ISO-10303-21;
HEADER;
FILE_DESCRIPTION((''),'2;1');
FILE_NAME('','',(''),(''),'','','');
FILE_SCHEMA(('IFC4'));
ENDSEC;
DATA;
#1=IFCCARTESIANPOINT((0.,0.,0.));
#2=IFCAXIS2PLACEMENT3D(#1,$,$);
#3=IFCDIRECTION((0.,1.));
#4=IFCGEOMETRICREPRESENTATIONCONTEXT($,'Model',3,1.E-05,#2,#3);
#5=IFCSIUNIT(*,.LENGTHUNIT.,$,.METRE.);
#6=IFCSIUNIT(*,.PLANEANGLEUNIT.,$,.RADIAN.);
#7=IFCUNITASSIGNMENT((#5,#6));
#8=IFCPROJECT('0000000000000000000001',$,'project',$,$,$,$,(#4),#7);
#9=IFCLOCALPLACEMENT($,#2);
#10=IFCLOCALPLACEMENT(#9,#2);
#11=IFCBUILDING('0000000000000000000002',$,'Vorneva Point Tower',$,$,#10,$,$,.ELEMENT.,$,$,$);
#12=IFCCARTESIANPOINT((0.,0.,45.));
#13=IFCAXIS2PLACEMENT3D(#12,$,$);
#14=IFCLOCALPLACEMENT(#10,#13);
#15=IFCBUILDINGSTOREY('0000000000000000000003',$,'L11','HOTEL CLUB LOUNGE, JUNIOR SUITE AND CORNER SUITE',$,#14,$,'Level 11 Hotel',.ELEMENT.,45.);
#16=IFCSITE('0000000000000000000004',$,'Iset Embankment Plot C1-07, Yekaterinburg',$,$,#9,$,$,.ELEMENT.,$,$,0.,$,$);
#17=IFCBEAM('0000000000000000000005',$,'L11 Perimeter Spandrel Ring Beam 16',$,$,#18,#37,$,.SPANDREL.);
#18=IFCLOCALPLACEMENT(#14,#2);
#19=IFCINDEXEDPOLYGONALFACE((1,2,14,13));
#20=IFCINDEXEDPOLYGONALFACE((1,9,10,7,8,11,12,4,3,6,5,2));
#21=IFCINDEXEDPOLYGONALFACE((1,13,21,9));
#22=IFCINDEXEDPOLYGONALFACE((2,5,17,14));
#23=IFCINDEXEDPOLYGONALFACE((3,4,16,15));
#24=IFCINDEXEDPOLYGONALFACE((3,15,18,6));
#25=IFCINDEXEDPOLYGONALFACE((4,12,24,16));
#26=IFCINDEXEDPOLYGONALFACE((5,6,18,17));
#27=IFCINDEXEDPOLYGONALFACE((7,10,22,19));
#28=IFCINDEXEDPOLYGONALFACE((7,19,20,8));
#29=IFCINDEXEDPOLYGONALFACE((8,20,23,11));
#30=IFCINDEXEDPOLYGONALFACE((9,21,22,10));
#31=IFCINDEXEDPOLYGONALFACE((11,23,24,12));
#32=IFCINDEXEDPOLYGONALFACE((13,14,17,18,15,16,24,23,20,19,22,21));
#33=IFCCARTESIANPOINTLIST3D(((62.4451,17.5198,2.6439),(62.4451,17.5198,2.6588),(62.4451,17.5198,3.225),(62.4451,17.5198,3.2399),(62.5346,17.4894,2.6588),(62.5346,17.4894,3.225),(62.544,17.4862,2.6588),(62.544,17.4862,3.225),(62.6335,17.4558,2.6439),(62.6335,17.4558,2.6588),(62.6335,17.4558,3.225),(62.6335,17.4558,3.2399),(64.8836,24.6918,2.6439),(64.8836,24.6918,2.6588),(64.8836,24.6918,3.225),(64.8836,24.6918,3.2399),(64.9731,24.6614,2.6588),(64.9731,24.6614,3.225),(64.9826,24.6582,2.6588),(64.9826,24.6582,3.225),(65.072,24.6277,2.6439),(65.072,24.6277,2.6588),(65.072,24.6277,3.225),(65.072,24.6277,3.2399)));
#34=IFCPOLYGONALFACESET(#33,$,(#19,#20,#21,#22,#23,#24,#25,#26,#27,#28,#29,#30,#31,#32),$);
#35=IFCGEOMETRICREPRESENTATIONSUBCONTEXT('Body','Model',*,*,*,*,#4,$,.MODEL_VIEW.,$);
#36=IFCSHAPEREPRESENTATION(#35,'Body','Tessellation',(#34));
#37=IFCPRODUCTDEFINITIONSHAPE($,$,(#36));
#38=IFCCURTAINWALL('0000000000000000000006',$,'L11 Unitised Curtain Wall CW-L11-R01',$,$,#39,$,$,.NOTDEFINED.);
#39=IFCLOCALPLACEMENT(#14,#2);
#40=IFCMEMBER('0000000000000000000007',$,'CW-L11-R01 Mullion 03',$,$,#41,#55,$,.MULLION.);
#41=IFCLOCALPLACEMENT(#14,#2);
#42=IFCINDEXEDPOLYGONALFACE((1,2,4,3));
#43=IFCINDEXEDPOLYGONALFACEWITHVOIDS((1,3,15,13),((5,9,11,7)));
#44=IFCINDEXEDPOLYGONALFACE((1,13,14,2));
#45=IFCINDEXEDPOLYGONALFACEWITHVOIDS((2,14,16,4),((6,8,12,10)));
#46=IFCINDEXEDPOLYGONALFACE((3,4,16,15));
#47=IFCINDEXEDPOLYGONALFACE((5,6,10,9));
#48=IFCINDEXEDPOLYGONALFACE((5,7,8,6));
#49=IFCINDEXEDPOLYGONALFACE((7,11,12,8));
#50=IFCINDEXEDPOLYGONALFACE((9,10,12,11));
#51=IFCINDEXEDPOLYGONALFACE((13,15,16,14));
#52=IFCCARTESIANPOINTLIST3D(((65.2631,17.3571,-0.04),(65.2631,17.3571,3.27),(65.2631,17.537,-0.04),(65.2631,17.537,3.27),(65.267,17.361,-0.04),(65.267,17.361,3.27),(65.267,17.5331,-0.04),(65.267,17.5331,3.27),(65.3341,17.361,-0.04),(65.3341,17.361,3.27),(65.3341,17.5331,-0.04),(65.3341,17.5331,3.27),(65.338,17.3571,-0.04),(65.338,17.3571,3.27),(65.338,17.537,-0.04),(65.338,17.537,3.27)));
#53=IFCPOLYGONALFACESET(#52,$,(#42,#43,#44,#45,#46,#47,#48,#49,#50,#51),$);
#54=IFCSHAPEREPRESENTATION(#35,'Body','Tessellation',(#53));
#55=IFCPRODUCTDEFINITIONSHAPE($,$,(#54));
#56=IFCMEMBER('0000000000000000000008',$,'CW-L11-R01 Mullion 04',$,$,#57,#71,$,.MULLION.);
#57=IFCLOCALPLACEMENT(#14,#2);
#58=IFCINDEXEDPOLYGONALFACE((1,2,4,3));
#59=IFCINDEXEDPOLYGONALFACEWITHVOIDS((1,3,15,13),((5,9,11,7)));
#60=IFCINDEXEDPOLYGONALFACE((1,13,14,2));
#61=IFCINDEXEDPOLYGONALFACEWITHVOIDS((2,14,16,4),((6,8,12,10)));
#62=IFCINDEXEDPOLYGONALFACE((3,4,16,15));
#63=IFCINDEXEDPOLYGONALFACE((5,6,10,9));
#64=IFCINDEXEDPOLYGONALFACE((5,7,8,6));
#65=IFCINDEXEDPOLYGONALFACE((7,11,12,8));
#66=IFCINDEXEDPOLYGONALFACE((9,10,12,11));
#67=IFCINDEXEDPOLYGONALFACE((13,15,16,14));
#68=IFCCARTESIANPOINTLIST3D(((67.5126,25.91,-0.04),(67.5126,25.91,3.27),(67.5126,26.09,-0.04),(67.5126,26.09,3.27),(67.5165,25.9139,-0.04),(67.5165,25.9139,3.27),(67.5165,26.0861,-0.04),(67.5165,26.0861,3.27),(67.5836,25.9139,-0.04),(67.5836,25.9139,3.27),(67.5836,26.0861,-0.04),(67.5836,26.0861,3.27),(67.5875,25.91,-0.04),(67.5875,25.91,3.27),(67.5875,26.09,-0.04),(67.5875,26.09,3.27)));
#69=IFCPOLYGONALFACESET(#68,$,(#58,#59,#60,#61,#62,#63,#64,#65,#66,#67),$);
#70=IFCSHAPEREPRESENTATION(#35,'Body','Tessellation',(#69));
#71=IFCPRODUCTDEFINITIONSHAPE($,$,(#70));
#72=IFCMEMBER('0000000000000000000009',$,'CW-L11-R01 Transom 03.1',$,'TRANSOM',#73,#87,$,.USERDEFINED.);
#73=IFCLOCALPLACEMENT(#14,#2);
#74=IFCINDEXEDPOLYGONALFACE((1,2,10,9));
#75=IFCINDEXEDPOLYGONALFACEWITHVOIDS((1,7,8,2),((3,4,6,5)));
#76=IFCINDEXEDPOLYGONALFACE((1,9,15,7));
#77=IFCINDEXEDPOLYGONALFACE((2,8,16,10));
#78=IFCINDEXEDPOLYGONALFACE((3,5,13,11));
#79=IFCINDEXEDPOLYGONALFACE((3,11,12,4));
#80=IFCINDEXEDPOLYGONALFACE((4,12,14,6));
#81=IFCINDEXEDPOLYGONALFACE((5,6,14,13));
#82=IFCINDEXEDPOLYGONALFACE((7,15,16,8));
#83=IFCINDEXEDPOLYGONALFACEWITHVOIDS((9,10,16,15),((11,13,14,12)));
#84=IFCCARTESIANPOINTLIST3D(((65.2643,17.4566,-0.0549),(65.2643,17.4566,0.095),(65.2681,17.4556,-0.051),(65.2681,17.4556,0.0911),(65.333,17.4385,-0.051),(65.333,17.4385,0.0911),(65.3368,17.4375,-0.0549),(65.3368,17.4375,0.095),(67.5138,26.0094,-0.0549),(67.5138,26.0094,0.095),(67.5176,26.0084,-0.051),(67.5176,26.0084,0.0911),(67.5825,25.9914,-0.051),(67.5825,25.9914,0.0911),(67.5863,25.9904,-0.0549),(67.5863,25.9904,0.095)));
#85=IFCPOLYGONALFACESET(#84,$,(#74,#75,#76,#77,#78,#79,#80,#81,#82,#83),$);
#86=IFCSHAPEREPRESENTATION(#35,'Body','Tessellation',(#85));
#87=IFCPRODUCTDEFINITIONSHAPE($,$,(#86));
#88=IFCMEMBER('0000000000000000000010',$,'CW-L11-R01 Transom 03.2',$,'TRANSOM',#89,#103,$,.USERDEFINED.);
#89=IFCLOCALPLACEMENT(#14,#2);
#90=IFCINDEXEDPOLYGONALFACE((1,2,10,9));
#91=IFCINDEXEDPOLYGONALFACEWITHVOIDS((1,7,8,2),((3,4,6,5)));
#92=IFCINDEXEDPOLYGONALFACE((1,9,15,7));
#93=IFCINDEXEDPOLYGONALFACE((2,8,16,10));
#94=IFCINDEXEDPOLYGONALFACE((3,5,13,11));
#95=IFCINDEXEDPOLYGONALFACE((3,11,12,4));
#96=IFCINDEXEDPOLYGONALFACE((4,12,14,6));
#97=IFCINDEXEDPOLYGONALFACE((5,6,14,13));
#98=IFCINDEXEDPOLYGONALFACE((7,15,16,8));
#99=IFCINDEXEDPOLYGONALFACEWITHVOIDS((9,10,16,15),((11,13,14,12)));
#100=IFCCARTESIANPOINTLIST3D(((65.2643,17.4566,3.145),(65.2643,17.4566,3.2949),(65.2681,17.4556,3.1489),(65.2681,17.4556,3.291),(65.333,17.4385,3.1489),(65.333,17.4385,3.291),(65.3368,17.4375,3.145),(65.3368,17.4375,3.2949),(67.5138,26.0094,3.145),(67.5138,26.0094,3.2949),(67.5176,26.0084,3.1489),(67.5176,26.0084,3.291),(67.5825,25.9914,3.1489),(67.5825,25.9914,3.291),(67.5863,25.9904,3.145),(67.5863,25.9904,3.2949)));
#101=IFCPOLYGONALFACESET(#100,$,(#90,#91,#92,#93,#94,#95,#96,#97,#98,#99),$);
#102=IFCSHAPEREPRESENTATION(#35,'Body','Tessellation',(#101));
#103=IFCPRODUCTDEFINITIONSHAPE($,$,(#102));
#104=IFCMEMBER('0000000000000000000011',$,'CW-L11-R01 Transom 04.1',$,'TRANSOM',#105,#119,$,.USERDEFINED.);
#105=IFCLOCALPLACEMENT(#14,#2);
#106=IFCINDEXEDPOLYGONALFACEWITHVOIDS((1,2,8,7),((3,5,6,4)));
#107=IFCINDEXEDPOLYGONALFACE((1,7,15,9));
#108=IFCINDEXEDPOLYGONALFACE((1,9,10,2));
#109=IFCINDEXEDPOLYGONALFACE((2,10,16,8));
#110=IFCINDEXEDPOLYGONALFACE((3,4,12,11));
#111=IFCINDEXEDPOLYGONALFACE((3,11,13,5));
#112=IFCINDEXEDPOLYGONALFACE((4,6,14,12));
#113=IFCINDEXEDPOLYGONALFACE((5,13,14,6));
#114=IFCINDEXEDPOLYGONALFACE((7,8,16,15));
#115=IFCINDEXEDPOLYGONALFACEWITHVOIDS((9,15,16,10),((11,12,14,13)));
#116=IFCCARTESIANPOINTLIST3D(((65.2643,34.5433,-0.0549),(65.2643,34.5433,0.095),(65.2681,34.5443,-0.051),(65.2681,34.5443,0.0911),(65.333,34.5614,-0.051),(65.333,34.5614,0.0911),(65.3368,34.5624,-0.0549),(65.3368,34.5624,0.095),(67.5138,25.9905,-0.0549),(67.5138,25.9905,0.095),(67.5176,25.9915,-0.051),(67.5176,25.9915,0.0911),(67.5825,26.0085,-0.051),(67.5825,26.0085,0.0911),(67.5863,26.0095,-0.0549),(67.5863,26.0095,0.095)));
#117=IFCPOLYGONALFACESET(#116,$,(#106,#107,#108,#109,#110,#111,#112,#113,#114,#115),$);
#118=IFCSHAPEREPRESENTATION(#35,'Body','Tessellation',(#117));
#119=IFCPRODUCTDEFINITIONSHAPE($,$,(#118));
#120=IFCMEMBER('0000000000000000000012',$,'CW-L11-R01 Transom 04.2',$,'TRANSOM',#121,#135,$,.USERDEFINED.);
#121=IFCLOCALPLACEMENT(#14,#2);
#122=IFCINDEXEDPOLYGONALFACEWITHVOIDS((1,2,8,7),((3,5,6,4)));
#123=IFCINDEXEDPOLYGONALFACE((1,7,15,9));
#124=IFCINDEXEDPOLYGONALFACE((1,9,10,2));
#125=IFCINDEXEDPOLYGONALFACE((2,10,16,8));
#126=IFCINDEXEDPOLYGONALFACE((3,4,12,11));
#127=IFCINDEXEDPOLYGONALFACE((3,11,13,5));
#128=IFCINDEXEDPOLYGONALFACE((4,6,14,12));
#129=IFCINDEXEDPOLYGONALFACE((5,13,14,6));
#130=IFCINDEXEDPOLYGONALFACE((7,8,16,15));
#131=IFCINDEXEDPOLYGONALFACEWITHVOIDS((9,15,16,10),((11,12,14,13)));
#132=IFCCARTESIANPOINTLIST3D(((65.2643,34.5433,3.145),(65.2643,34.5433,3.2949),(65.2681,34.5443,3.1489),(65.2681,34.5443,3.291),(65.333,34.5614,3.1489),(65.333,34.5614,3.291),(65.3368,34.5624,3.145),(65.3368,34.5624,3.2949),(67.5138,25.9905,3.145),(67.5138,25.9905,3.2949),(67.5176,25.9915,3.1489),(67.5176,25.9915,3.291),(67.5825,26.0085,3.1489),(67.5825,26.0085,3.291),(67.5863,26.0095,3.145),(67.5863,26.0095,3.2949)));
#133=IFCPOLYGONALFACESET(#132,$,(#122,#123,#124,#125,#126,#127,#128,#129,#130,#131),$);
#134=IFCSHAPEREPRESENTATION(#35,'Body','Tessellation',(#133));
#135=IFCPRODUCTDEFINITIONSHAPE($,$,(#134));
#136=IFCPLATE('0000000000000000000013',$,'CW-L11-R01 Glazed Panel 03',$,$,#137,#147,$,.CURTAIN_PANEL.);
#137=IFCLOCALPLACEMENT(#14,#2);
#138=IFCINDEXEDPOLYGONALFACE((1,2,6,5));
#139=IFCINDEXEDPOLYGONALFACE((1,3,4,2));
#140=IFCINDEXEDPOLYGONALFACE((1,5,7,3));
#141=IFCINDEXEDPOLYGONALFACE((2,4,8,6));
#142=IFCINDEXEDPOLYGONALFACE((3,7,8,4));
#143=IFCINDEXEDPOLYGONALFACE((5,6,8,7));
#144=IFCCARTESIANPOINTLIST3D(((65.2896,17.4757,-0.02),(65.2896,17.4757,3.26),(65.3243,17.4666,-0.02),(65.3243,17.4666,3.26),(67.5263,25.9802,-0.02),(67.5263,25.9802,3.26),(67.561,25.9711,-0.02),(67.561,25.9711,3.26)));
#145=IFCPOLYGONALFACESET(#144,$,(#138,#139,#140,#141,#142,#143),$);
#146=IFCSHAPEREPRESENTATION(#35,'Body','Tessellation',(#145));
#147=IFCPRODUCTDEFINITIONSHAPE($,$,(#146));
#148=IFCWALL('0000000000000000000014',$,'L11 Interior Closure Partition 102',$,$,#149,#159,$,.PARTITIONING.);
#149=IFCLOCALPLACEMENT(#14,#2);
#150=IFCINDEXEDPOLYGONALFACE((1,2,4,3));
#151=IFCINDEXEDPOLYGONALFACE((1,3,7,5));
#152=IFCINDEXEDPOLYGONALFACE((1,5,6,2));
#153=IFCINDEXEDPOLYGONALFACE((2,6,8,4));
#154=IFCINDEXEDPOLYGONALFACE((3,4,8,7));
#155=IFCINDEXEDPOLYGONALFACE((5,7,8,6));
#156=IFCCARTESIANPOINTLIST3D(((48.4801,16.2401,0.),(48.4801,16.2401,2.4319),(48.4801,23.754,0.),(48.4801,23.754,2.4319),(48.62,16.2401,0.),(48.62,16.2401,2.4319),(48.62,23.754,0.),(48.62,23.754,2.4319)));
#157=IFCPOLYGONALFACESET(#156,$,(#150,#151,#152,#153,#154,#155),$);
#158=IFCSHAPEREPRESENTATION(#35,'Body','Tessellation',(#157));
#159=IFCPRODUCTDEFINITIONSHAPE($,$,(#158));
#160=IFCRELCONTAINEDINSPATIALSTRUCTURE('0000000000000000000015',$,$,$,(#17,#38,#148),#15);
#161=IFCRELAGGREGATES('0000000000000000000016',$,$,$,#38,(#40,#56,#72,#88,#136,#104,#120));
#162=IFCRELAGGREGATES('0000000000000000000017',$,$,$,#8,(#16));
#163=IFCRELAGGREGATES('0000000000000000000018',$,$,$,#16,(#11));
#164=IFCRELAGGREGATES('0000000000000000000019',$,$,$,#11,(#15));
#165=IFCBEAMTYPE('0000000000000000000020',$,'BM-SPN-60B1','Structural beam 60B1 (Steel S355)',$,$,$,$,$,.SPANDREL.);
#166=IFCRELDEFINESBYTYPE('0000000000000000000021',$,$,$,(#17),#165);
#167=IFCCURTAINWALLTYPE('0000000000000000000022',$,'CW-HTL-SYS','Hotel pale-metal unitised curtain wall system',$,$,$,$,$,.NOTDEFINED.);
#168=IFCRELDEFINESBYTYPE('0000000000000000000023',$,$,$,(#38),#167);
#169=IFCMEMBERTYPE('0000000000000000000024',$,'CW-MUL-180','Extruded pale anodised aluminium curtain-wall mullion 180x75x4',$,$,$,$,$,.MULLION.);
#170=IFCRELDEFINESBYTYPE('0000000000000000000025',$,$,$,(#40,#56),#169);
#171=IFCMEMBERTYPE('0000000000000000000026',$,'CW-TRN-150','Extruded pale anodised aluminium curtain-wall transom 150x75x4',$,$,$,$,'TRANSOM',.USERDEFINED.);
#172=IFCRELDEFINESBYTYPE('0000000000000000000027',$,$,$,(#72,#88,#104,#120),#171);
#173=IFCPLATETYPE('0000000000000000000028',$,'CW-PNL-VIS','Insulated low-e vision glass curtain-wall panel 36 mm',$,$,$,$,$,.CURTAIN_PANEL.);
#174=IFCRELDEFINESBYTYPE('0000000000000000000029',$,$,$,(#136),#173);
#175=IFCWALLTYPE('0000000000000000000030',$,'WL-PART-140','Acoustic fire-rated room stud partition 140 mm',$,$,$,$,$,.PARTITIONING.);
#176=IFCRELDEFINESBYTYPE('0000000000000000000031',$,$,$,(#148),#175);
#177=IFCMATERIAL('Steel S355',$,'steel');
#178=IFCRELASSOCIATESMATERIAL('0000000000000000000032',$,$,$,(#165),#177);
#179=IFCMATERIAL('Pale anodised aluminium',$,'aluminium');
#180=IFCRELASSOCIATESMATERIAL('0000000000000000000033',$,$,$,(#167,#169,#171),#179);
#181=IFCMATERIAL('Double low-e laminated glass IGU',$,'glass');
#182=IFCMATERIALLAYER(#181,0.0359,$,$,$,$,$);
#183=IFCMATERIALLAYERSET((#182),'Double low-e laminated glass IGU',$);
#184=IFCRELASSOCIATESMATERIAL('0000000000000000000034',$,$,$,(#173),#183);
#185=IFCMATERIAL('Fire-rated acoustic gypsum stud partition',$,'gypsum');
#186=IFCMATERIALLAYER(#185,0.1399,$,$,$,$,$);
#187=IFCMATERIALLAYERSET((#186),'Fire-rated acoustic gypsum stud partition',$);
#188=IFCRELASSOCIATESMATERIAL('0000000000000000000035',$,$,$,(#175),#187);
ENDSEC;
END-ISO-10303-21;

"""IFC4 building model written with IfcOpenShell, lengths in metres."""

from ifc_helpers import new_model, si_unit, direction, frame, frame_2d, origin, origin_2d, place, context, subcontext, project, spatial, rectangle, hollow_rectangle, i_section, extrude, material, layer, layer_set, material_profile, profile_set, type_object, element, aggregate, save


model = new_model("IFC4")

# Units and contexts
model_context = context("Model", 3, precision=1e-05, world=origin(), true_north=direction((0.0, 1.0)))
body_context = subcontext(model_context, "Body", "Model", "MODEL_VIEW")
ifc_project = project(units=[si_unit("LENGTHUNIT", "METRE"), si_unit("PLANEANGLEUNIT", "RADIAN")], contexts=[model_context])

# Site, building, storey
site_placement = place(None, origin())
site = spatial("IfcSite", under=ifc_project, at=site_placement, Name="Iset Embankment Plot C1-07, Yekaterinburg", CompositionType="ELEMENT", RefElevation=0.0)
building_placement = place(site_placement, origin())
building = spatial("IfcBuilding", under=site, at=building_placement, Name="Vorneva Point Tower", CompositionType="ELEMENT")
storey_placement = place(building_placement, frame((0.0, 0.0, 45.0)))
storey = spatial("IfcBuildingStorey", under=building, at=storey_placement, Name="L11", Description="HOTEL CLUB LOUNGE, JUNIOR SUITE AND CORNER SUITE", LongName="Level 11 Hotel", CompositionType="ELEMENT", Elevation=45.0)

# Beam
ifc_material_1 = material(Name="Steel S355", Category="steel")
ifc_material_profile_1 = material_profile(ifc_material_1, i_section(OverallWidth=0.199, OverallDepth=0.5959, WebThickness=0.01, FlangeThickness=0.0149, at=origin_2d()), Name="60B1")
ifc_profile_set_1 = profile_set([ifc_material_profile_1], Name="Steel S355")
beam_type_1 = type_object("IfcBeamType", Name="BM-SPN-60B1", Description="Structural beam 60B1 (Steel S355)", PredefinedType="SPANDREL", material=ifc_profile_set_1)
beam_1_placement = place(storey_placement, frame((62.5393, 17.4878, 2.9419), z_axis=(0.321907, 0.946771, 0.0), x_axis=(-0.946771, 0.321907, 0.0)))
element("IfcBeam", 1, at=beam_1_placement, inside=storey, type_object=beam_type_1, Name="L11 Perimeter Spandrel Ring Beam 16", PredefinedType="SPANDREL", context=body_context, shape_type="SweptSolid", body=[
    extrude(i_section(OverallWidth=0.199, OverallDepth=0.5959, WebThickness=0.01, FlangeThickness=0.0149, at=origin_2d()), origin(), (0.0, 0.0, 1.0), 7.5752),
])

# Curtain wall, members, plate
ifc_material_2 = material(Name="Pale anodised aluminium", Category="aluminium")
curtain_wall_type = type_object("IfcCurtainWallType", Name="CW-HTL-SYS", Description="Hotel pale-metal unitised curtain wall system", PredefinedType="NOTDEFINED", material=ifc_material_2)
curtain_wall_placement = place(storey_placement, origin())
curtain_wall = element("IfcCurtainWall", 2, at=curtain_wall_placement, inside=storey, type_object=curtain_wall_type, Name="L11 Unitised Curtain Wall CW-L11-R01", PredefinedType="NOTDEFINED")
ifc_material_profile_2 = material_profile(ifc_material_2, hollow_rectangle(XDim=0.075, YDim=0.1799, WallThickness=0.0039, at=origin_2d()), Name="AL-MUL 180x75x4")
ifc_profile_set_2 = profile_set([ifc_material_profile_2], Name="Pale anodised aluminium")
member_type_1 = type_object("IfcMemberType", Name="CW-MUL-180", Description="Extruded pale anodised aluminium curtain-wall mullion 180x75x4", PredefinedType="MULLION", material=ifc_profile_set_2)
member_1_placement = place(storey_placement, frame((65.3005, 17.447, -0.04), z_axis=(0.0, 0.0, 1.0), x_axis=(1.0, 0.0, 0.0)))
member_1 = element("IfcMember", 3, at=member_1_placement, type_object=member_type_1, Name="CW-L11-R01 Mullion 03", PredefinedType="MULLION", context=body_context, shape_type="SweptSolid", body=[
    extrude(hollow_rectangle(XDim=0.075, YDim=0.1799, WallThickness=0.0039, at=origin_2d()), origin(), (0.0, 0.0, 1.0), 3.3101),
])
member_2_placement = place(storey_placement, frame((67.55, 26.0, -0.04), z_axis=(0.0, 0.0, 1.0), x_axis=(1.0, 0.0, 0.0)))
member_2 = element("IfcMember", 4, at=member_2_placement, type_object=member_type_1, Name="CW-L11-R01 Mullion 04", PredefinedType="MULLION", context=body_context, shape_type="SweptSolid", body=[
    extrude(hollow_rectangle(XDim=0.075, YDim=0.1799, WallThickness=0.0039, at=origin_2d()), origin(), (0.0, 0.0, 1.0), 3.3101),
])
ifc_material_profile_3 = material_profile(ifc_material_2, hollow_rectangle(XDim=0.075, YDim=0.1499, WallThickness=0.0039, at=origin_2d()), Name="AL-TRN 150x75x4")
ifc_profile_set_3 = profile_set([ifc_material_profile_3], Name="Pale anodised aluminium")
member_type_2 = type_object("IfcMemberType", Name="CW-TRN-150", Description="Extruded pale anodised aluminium curtain-wall transom 150x75x4", ElementType="TRANSOM", PredefinedType="USERDEFINED", material=ifc_profile_set_3)
member_3_placement = place(storey_placement, frame((65.3005, 17.447, 0.02), z_axis=(0.254359, 0.96711, 0.0), x_axis=(-0.96711, 0.254359, 0.0)))
member_3 = element("IfcMember", 5, at=member_3_placement, type_object=member_type_2, Name="CW-L11-R01 Transom 03.1", ObjectType="TRANSOM", PredefinedType="USERDEFINED", context=body_context, shape_type="SweptSolid", body=[
    extrude(hollow_rectangle(XDim=0.075, YDim=0.1499, WallThickness=0.0039, at=origin_2d()), origin(), (0.0, 0.0, 1.0), 8.8438),
])
member_4_placement = place(storey_placement, frame((65.3005, 17.447, 3.22), z_axis=(0.254359, 0.96711, 0.0), x_axis=(-0.96711, 0.254359, 0.0)))
member_4 = element("IfcMember", 6, at=member_4_placement, type_object=member_type_2, Name="CW-L11-R01 Transom 03.2", ObjectType="TRANSOM", PredefinedType="USERDEFINED", context=body_context, shape_type="SweptSolid", body=[
    extrude(hollow_rectangle(XDim=0.075, YDim=0.1499, WallThickness=0.0039, at=origin_2d()), origin(), (0.0, 0.0, 1.0), 8.8438),
])
member_5_placement = place(storey_placement, frame((67.55, 26.0, 0.02), z_axis=(-0.254359, 0.96711, 0.0), x_axis=(-0.96711, -0.254359, 0.0)))
member_5 = element("IfcMember", 7, at=member_5_placement, type_object=member_type_2, Name="CW-L11-R01 Transom 04.1", ObjectType="TRANSOM", PredefinedType="USERDEFINED", context=body_context, shape_type="SweptSolid", body=[
    extrude(hollow_rectangle(XDim=0.075, YDim=0.1499, WallThickness=0.0039, at=origin_2d()), origin(), (0.0, 0.0, 1.0), 8.8438),
])
member_6_placement = place(storey_placement, frame((67.55, 26.0, 3.22), z_axis=(-0.254359, 0.96711, 0.0), x_axis=(-0.96711, -0.254359, 0.0)))
member_6 = element("IfcMember", 8, at=member_6_placement, type_object=member_type_2, Name="CW-L11-R01 Transom 04.2", ObjectType="TRANSOM", PredefinedType="USERDEFINED", context=body_context, shape_type="SweptSolid", body=[
    extrude(hollow_rectangle(XDim=0.075, YDim=0.1499, WallThickness=0.0039, at=origin_2d()), origin(), (0.0, 0.0, 1.0), 8.8438),
])
ifc_material_3 = material(Name="Double low-e laminated glass IGU", Category="glass")
ifc_layer_1 = layer(ifc_material_3, 0.0359)
ifc_layer_set_1 = layer_set([ifc_layer_1], Name="Double low-e laminated glass IGU")
plate_type = type_object("IfcPlateType", Name="CW-PNL-VIS", Description="Insulated low-e vision glass curtain-wall panel 36 mm", PredefinedType="CURTAIN_PANEL", material=ifc_layer_set_1)
plate_placement = place(storey_placement, frame((66.4253, 21.7234, -0.02), z_axis=(0.0, 0.0, 1.0), x_axis=(0.254349, 0.967113, 0.0)))
plate = element("IfcPlate", 9, at=plate_placement, type_object=plate_type, Name="CW-L11-R01 Glazed Panel 03", PredefinedType="CURTAIN_PANEL", context=body_context, shape_type="SweptSolid", body=[
    extrude(rectangle(XDim=8.7937, YDim=0.0359, at=origin_2d()), origin(), (0.0, 0.0, 1.0), 3.28),
])
aggregate(curtain_wall, [member_1, member_2, member_3, member_4, plate, member_5, member_6])

# Wall
ifc_material_4 = material(Name="Fire-rated acoustic gypsum stud partition", Category="gypsum")
ifc_layer_2 = layer(ifc_material_4, 0.1399)
ifc_layer_set_2 = layer_set([ifc_layer_2], Name="Fire-rated acoustic gypsum stud partition")
wall_type_1 = type_object("IfcWallType", Name="WL-PART-140", Description="Acoustic fire-rated room stud partition 140 mm", PredefinedType="PARTITIONING", material=ifc_layer_set_2)
wall_1_placement = place(storey_placement, frame((48.55, 23.7539, 0.0), z_axis=(0.0, 0.0, 1.0), x_axis=(0.0, -1.0, 0.0)))
element("IfcWall", 10, at=wall_1_placement, inside=storey, type_object=wall_type_1, Name="L11 Interior Closure Partition 102", PredefinedType="PARTITIONING", context=body_context, shape_type="SweptSolid", body=[
    extrude(rectangle(XDim=7.5139, YDim=0.1399, at=frame_2d((3.7568, 0.0))), origin(), (0.0, 0.0, 1.0), 2.4319),
])

save(model, "model.ifc")
